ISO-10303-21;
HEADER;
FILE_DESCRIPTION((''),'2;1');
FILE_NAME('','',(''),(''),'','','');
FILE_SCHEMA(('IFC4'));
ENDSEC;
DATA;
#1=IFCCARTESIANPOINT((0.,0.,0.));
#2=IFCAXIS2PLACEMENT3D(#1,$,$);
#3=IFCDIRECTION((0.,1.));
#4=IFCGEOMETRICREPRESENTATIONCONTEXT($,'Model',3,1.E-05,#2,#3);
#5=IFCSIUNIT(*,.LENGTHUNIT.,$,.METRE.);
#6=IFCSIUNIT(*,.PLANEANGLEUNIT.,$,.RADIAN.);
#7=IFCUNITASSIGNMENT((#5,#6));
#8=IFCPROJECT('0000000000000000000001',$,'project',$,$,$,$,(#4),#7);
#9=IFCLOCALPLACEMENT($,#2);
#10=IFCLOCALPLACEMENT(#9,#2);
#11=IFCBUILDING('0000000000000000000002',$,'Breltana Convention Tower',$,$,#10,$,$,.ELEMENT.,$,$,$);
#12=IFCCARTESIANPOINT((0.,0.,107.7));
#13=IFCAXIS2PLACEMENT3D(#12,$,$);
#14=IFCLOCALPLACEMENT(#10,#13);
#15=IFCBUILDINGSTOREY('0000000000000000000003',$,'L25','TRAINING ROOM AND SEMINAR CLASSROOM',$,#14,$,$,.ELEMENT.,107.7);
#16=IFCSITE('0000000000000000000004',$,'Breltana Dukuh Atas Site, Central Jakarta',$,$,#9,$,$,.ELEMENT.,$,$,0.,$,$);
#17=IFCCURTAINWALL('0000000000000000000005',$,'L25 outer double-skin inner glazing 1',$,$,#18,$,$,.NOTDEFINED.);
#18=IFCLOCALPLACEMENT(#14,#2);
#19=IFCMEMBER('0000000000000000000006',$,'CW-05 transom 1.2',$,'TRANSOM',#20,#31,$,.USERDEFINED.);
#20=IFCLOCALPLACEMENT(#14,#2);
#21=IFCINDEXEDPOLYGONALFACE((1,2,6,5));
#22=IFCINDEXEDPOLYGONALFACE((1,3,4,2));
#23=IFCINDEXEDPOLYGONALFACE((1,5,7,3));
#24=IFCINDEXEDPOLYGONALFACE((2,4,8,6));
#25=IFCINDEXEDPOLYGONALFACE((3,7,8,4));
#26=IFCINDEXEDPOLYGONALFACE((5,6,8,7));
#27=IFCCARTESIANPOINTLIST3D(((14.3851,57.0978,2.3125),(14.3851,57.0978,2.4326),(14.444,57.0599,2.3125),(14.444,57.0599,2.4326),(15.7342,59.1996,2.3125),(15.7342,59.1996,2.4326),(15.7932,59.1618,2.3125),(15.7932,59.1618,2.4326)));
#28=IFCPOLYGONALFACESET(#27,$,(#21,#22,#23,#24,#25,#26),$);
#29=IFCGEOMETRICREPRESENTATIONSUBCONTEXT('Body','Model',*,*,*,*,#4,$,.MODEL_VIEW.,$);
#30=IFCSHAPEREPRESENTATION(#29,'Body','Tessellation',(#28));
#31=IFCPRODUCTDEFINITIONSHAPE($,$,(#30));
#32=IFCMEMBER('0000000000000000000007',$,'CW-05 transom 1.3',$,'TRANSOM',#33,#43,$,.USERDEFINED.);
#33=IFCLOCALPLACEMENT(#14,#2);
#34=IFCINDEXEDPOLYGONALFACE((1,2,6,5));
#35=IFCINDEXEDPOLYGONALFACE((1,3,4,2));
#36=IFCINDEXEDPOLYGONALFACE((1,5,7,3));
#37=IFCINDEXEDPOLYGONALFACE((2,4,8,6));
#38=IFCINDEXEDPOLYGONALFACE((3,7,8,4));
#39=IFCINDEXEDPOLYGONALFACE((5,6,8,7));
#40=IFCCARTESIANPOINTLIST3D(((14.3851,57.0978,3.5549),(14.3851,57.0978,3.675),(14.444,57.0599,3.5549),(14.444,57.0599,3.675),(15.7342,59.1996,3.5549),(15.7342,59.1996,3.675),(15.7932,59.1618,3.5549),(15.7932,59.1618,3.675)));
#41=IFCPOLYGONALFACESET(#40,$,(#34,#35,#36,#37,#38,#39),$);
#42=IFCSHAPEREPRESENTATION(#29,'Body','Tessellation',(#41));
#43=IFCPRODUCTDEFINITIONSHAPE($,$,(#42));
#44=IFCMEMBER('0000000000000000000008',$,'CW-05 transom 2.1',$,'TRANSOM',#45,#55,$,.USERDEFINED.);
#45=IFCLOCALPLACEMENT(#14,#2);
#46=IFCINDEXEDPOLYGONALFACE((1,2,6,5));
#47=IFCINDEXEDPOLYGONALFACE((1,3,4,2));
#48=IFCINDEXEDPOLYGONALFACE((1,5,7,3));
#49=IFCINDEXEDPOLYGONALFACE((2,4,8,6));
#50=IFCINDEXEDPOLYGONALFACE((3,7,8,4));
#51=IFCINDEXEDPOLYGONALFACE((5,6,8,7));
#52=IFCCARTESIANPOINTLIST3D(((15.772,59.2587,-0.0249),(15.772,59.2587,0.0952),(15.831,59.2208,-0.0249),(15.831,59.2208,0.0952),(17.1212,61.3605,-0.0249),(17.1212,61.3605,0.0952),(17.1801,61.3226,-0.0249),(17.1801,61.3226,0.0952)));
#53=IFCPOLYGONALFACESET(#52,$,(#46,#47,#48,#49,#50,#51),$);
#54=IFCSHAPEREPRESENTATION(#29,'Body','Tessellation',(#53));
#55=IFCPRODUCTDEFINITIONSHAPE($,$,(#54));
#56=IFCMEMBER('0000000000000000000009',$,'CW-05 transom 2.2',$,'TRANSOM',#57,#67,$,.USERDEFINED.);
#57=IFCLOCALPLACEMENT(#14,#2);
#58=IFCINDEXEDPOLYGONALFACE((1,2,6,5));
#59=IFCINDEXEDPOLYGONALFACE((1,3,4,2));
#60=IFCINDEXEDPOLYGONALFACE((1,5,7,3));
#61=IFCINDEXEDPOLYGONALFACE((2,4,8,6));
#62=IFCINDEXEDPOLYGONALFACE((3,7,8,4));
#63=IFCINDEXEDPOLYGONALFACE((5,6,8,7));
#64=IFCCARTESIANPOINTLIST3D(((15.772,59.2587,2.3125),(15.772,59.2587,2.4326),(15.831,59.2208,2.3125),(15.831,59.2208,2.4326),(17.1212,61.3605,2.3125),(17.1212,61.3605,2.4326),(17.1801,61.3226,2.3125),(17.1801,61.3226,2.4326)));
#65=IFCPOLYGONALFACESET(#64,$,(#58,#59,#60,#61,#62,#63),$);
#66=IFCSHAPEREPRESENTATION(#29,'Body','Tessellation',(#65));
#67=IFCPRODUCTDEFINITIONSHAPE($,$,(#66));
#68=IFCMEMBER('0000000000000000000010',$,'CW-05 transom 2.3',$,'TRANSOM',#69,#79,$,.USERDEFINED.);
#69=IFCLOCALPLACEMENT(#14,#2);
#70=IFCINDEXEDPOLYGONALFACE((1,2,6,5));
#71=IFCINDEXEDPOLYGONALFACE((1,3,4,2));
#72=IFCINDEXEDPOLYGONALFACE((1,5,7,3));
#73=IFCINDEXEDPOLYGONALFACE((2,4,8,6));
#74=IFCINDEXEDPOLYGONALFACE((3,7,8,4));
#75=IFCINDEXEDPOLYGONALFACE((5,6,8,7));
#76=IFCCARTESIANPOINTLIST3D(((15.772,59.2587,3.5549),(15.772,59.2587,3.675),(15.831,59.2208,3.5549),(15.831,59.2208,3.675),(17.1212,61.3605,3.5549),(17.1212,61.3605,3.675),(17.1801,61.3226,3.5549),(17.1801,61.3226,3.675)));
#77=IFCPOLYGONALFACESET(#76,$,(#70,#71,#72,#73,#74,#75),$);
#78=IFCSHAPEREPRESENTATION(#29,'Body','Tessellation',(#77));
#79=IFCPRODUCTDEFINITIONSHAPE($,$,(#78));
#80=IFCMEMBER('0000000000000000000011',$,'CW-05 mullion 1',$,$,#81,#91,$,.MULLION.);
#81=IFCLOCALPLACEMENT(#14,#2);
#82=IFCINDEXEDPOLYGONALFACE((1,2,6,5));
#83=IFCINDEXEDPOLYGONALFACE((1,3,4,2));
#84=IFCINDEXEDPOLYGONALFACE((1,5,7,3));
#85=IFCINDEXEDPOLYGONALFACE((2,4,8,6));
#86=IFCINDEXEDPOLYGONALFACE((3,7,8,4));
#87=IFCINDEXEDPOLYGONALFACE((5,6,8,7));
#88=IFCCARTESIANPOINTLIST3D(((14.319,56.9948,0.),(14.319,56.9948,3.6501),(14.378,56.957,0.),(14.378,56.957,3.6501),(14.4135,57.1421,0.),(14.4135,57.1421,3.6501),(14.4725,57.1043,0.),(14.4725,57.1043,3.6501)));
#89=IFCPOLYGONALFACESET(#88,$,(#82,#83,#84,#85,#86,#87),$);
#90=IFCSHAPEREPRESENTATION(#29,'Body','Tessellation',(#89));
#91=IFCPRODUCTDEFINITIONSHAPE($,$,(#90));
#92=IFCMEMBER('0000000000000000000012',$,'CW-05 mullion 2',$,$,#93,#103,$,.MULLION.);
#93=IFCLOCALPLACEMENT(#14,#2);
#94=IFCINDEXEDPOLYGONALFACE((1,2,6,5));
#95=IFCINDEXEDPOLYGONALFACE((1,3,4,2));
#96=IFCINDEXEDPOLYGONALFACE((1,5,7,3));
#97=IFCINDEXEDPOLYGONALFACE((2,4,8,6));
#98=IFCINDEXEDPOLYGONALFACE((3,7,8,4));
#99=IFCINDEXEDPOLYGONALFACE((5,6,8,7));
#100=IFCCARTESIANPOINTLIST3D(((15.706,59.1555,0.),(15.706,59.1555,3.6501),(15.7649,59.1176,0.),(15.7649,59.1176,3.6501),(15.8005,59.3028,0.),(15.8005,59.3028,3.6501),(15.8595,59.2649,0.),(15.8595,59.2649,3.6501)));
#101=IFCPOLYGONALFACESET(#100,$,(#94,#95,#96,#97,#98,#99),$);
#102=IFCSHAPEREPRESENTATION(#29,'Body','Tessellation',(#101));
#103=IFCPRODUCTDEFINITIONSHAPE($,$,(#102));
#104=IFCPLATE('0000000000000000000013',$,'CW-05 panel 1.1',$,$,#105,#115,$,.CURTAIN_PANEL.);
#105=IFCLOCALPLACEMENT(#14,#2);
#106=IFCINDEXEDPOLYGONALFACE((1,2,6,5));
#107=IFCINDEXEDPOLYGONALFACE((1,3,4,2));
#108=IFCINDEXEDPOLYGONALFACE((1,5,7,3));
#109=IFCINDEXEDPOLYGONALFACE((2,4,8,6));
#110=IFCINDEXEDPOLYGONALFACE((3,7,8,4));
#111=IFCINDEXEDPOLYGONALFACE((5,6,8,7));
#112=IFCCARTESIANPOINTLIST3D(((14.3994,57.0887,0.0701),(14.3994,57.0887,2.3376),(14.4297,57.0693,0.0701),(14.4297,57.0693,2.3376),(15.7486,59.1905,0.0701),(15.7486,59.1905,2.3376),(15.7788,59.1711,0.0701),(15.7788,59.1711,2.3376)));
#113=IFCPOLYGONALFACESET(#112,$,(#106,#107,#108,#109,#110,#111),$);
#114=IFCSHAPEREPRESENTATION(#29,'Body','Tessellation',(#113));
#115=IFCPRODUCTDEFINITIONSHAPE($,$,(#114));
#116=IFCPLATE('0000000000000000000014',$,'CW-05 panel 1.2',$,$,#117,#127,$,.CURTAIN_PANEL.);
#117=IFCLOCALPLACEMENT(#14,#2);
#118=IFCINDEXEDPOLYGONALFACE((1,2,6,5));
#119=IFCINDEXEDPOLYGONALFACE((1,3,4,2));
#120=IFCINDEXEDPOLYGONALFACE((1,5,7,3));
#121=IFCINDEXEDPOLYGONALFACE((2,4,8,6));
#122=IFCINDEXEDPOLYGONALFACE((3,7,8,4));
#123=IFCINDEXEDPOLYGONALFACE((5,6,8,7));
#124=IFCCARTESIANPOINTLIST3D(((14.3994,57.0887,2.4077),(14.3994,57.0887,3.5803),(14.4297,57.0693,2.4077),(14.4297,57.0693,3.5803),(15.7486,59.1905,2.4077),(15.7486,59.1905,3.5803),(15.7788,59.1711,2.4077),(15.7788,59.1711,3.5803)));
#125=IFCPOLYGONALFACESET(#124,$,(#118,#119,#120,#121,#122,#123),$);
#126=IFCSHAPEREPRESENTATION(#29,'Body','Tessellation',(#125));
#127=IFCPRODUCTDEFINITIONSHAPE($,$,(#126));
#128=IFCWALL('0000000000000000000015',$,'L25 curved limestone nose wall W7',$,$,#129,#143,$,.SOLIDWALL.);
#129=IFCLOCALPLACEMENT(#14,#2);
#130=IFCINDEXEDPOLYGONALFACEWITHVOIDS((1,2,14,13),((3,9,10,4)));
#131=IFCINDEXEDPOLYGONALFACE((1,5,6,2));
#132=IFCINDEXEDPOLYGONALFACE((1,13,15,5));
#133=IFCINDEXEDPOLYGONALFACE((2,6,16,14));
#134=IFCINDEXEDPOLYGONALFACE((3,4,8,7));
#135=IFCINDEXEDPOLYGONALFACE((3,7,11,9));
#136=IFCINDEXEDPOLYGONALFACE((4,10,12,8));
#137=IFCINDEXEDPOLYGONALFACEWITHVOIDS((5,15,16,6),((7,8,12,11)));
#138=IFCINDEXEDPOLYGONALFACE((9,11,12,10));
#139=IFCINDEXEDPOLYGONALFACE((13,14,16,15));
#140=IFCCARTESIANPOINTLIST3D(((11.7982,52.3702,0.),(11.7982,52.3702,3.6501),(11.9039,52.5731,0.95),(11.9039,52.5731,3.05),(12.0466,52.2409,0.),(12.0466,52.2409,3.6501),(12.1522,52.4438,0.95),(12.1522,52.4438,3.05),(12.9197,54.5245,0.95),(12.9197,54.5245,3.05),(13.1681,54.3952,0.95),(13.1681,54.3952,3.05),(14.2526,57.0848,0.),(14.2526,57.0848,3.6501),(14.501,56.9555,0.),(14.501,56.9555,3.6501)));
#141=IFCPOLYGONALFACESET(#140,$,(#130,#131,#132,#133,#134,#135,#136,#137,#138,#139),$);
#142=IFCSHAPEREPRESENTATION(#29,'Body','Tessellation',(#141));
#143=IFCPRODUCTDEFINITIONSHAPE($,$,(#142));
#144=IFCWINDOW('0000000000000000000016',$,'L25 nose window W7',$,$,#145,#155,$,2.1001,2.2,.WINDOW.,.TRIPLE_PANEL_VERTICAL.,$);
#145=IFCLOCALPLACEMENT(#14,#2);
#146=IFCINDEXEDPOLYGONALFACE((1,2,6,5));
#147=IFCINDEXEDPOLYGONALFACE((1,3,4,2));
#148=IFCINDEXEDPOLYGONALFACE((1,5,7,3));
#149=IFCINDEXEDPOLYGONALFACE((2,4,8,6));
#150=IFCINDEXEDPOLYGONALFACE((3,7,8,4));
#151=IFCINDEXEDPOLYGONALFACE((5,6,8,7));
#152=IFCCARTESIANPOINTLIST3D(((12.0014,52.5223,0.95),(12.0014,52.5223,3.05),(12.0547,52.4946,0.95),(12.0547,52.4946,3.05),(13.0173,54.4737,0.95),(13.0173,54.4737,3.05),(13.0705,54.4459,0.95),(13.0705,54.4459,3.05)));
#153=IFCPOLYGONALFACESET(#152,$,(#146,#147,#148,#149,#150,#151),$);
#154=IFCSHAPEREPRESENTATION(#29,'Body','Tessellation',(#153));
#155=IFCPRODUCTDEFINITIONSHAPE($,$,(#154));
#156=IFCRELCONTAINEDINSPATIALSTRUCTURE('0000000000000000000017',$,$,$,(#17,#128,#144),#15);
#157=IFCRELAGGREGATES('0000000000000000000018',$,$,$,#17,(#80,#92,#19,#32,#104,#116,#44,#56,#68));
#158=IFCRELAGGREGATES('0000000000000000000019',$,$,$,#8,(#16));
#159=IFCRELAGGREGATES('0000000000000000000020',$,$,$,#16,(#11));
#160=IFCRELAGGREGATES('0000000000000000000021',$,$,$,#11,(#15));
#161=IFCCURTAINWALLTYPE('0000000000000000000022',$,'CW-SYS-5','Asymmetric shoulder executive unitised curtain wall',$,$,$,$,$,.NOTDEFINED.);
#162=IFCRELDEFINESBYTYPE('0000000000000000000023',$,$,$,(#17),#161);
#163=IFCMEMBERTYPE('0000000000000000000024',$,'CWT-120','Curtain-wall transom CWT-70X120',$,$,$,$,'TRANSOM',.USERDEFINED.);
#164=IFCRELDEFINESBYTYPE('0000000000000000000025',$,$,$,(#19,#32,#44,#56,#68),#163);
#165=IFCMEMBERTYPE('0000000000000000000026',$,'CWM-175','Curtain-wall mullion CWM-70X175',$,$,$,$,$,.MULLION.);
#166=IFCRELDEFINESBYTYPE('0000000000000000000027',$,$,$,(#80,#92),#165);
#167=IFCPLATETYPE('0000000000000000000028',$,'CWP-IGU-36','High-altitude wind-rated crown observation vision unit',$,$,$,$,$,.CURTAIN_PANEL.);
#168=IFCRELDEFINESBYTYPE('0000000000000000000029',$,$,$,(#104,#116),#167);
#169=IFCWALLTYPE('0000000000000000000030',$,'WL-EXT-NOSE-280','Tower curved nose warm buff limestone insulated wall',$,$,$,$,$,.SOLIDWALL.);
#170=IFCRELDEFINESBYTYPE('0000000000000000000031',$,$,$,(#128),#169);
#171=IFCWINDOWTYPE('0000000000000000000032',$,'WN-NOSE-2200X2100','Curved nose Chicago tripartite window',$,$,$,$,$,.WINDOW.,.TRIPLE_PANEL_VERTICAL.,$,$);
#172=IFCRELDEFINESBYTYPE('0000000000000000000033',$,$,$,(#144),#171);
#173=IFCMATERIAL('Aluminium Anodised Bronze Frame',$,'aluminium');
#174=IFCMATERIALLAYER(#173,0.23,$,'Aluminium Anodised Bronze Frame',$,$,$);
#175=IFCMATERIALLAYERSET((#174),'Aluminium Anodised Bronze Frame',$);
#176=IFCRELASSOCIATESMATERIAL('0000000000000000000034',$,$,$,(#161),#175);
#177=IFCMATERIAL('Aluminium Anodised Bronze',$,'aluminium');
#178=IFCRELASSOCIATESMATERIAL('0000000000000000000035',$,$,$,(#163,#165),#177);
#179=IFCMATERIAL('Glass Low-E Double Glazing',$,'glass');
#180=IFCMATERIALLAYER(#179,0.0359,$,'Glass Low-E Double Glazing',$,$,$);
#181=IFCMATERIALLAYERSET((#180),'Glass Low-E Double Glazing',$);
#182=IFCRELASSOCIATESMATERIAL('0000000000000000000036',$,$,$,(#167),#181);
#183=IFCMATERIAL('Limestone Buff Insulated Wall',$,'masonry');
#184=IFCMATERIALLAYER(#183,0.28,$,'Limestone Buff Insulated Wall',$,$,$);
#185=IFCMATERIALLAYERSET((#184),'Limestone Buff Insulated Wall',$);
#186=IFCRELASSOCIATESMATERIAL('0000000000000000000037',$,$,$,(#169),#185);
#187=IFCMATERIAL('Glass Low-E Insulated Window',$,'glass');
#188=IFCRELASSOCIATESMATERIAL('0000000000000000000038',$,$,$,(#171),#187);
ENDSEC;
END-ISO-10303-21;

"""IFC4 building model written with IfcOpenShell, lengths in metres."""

from ifc_helpers import new_model, si_unit, direction, frame, frame_2d, origin, origin_2d, place, context, subcontext, project, spatial, rectangle, extrude, source, transform, mapped, material, layer, layer_set, material_profile, profile_set, type_object, type_shapes, element, fill, aggregate, save


model = new_model("IFC4")

# Units and contexts
model_context = context("Model", 3, precision=1e-05, world=origin(), true_north=direction((0.0, 1.0)))
body_context = subcontext(model_context, "Body", "Model", "MODEL_VIEW")
ifc_project = project(units=[si_unit("LENGTHUNIT", "METRE"), si_unit("PLANEANGLEUNIT", "RADIAN")], contexts=[model_context])

# Site, building, storey
site_placement = place(None, origin())
site = spatial("IfcSite", under=ifc_project, at=site_placement, Name="Breltana Dukuh Atas Site, Central Jakarta", CompositionType="ELEMENT", RefElevation=0.0)
building_placement = place(site_placement, origin())
building = spatial("IfcBuilding", under=site, at=building_placement, Name="Breltana Convention Tower", CompositionType="ELEMENT")
storey_placement = place(building_placement, frame((0.0, 0.0, 107.7)))
storey = spatial("IfcBuildingStorey", under=building, at=storey_placement, Name="L25", Description="TRAINING ROOM AND SEMINAR CLASSROOM", CompositionType="ELEMENT", Elevation=107.7)

# Curtain wall, members, plates
ifc_material_1 = material(Name="Aluminium Anodised Bronze Frame", Category="aluminium")
ifc_layer_1 = layer(ifc_material_1, 0.23, Name="Aluminium Anodised Bronze Frame")
ifc_layer_set_1 = layer_set([ifc_layer_1], Name="Aluminium Anodised Bronze Frame")
curtain_wall_type = type_object("IfcCurtainWallType", Name="CW-SYS-5", Description="Asymmetric shoulder executive unitised curtain wall", PredefinedType="NOTDEFINED", material=ifc_layer_set_1)
curtain_wall_placement = place(storey_placement, origin())
curtain_wall = element("IfcCurtainWall", 1, at=curtain_wall_placement, inside=storey, type_object=curtain_wall_type, Name="L25 outer double-skin inner glazing 1", PredefinedType="NOTDEFINED")
ifc_material_2 = material(Name="Aluminium Anodised Bronze", Category="aluminium")
ifc_material_profile_1 = material_profile(ifc_material_2, rectangle(XDim=0.0701, YDim=0.1201, at=origin_2d()), Name="CWT-70X120")
ifc_profile_set_1 = profile_set([ifc_material_profile_1], Name="Aluminium Anodised Bronze")
member_type_1 = type_object("IfcMemberType", Name="CWT-120", Description="Curtain-wall transom CWT-70X120", ElementType="TRANSOM", PredefinedType="USERDEFINED", material=ifc_profile_set_1)
shared_shape_1 = source(origin(), body_context, "Body", "SweptSolid", [
    extrude(rectangle(XDim=0.0701, YDim=0.1201, at=origin_2d()), origin(), (0.0, 0.0, 1.0), 2.4976),
])
member_1_placement = place(storey_placement, frame((14.4146, 57.0789, 2.3726), z_axis=(0.540179, 0.84155, 0.0), x_axis=(-0.84155, 0.540179, 0.0)))
member_1 = element("IfcMember", 2, at=member_1_placement, type_object=member_type_1, Name="CW-05 transom 1.2", ObjectType="TRANSOM", PredefinedType="USERDEFINED", context=body_context, shape_type="MappedRepresentation", body=[
    mapped(shared_shape_1, transform((0.0, 0.0, 0.0), scale=1.0)),
])
member_2_placement = place(storey_placement, frame((14.4146, 57.0789, 3.615), z_axis=(0.540179, 0.84155, 0.0), x_axis=(-0.84155, 0.540179, 0.0)))
member_2 = element("IfcMember", 3, at=member_2_placement, type_object=member_type_1, Name="CW-05 transom 1.3", ObjectType="TRANSOM", PredefinedType="USERDEFINED", context=body_context, shape_type="MappedRepresentation", body=[
    mapped(shared_shape_1, transform((0.0, 0.0, 0.0), scale=1.0)),
])
member_3_placement = place(storey_placement, frame((15.8015, 59.2397, 0.0352), z_axis=(0.540179, 0.84155, 0.0), x_axis=(-0.84155, 0.540179, 0.0)))
member_3 = element("IfcMember", 4, at=member_3_placement, type_object=member_type_1, Name="CW-05 transom 2.1", ObjectType="TRANSOM", PredefinedType="USERDEFINED", context=body_context, shape_type="MappedRepresentation", body=[
    mapped(shared_shape_1, transform((0.0, 0.0, 0.0), scale=1.0)),
])
member_4_placement = place(storey_placement, frame((15.8015, 59.2397, 2.3726), z_axis=(0.540179, 0.84155, 0.0), x_axis=(-0.84155, 0.540179, 0.0)))
member_4 = element("IfcMember", 5, at=member_4_placement, type_object=member_type_1, Name="CW-05 transom 2.2", ObjectType="TRANSOM", PredefinedType="USERDEFINED", context=body_context, shape_type="MappedRepresentation", body=[
    mapped(shared_shape_1, transform((0.0, 0.0, 0.0), scale=1.0)),
])
member_5_placement = place(storey_placement, frame((15.8015, 59.2397, 3.615), z_axis=(0.540179, 0.84155, 0.0), x_axis=(-0.84155, 0.540179, 0.0)))
member_5 = element("IfcMember", 6, at=member_5_placement, type_object=member_type_1, Name="CW-05 transom 2.3", ObjectType="TRANSOM", PredefinedType="USERDEFINED", context=body_context, shape_type="MappedRepresentation", body=[
    mapped(shared_shape_1, transform((0.0, 0.0, 0.0), scale=1.0)),
])
ifc_material_profile_2 = material_profile(ifc_material_2, rectangle(XDim=0.0701, YDim=0.175, at=origin_2d()), Name="CWM-70X175")
ifc_profile_set_2 = profile_set([ifc_material_profile_2], Name="Aluminium Anodised Bronze")
member_type_2 = type_object("IfcMemberType", Name="CWM-175", Description="Curtain-wall mullion CWM-70X175", PredefinedType="MULLION", material=ifc_profile_set_2)
shared_shape_2 = source(origin(), body_context, "Body", "SweptSolid", [
    extrude(rectangle(XDim=0.0701, YDim=0.175, at=origin_2d()), origin(), (0.0, 0.0, 1.0), 3.6501),
])
member_6_placement = place(storey_placement, frame((14.3958, 57.0496, 0.0), z_axis=(0.0, 0.0, 1.0), x_axis=(-0.841552, 0.540177, 0.0)))
member_6 = element("IfcMember", 7, at=member_6_placement, type_object=member_type_2, Name="CW-05 mullion 1", PredefinedType="MULLION", context=body_context, shape_type="MappedRepresentation", body=[
    mapped(shared_shape_2, transform((0.0, 0.0, 0.0), scale=1.0)),
])
member_7_placement = place(storey_placement, frame((15.7827, 59.2102, 0.0), z_axis=(0.0, 0.0, 1.0), x_axis=(-0.841552, 0.540177, 0.0)))
member_7 = element("IfcMember", 8, at=member_7_placement, type_object=member_type_2, Name="CW-05 mullion 2", PredefinedType="MULLION", context=body_context, shape_type="MappedRepresentation", body=[
    mapped(shared_shape_2, transform((0.0, 0.0, 0.0), scale=1.0)),
])
ifc_material_3 = material(Name="Glass Low-E Double Glazing", Category="glass")
ifc_layer_2 = layer(ifc_material_3, 0.0359, Name="Glass Low-E Double Glazing")
ifc_layer_set_2 = layer_set([ifc_layer_2], Name="Glass Low-E Double Glazing")
plate_type = type_object("IfcPlateType", Name="CWP-IGU-36", Description="High-altitude wind-rated crown observation vision unit", PredefinedType="CURTAIN_PANEL", material=ifc_layer_set_2)
shared_shape_3 = source(origin(), body_context, "Body", "SweptSolid", [
    extrude(rectangle(XDim=2.4976, YDim=0.0359, at=origin_2d()), origin(), (0.0, 0.0, 1.0), 2.2676),
])
plate_1_placement = place(storey_placement, frame((15.0891, 58.1299, 0.0701), z_axis=(0.0, 0.0, 1.0), x_axis=(0.540177, 0.841552, 0.0)))
plate_1 = element("IfcPlate", 9, at=plate_1_placement, type_object=plate_type, Name="CW-05 panel 1.1", PredefinedType="CURTAIN_PANEL", context=body_context, shape_type="MappedRepresentation", body=[
    mapped(shared_shape_3, transform((0.0, 0.0, 0.0), scale=1.0)),
])
shared_shape_4 = source(origin(), body_context, "Body", "SweptSolid", [
    extrude(rectangle(XDim=2.4976, YDim=0.0359, at=origin_2d()), origin(), (0.0, 0.0, 1.0), 1.1726),
])
plate_2_placement = place(storey_placement, frame((15.0891, 58.1299, 2.4077), z_axis=(0.0, 0.0, 1.0), x_axis=(0.540177, 0.841552, 0.0)))
plate_2 = element("IfcPlate", 10, at=plate_2_placement, type_object=plate_type, Name="CW-05 panel 1.2", PredefinedType="CURTAIN_PANEL", context=body_context, shape_type="MappedRepresentation", body=[
    mapped(shared_shape_4, transform((0.0, 0.0, 0.0), scale=1.0)),
])
aggregate(curtain_wall, [member_6, member_7, member_1, member_2, plate_1, plate_2, member_3, member_4, member_5])

# Wall, opening, window
ifc_material_4 = material(Name="Limestone Buff Insulated Wall", Category="masonry")
ifc_layer_3 = layer(ifc_material_4, 0.28, Name="Limestone Buff Insulated Wall")
ifc_layer_set_3 = layer_set([ifc_layer_3], Name="Limestone Buff Insulated Wall")
wall_type = type_object("IfcWallType", Name="WL-EXT-NOSE-280", Description="Tower curved nose warm buff limestone insulated wall", PredefinedType="SOLIDWALL", material=ifc_layer_set_3)
shared_shape_5 = source(origin(), body_context, "Body", "SweptSolid", [
    extrude(rectangle(XDim=5.3152, YDim=0.28, at=frame_2d((2.6577, 0.0))), origin(), (0.0, 0.0, 1.0), 3.6501),
])
wall_placement = place(storey_placement, frame((11.9224, 52.3054, 0.0), z_axis=(0.0, 0.0, 1.0), x_axis=(0.461761, 0.887005, 0.0)))
wall = element("IfcWall", 11, at=wall_placement, inside=storey, type_object=wall_type, Name="L25 curved limestone nose wall W7", PredefinedType="SOLIDWALL", context=body_context, shape_type="MappedRepresentation", body=[
    mapped(shared_shape_5, transform((0.0, 0.0, 0.0), scale=1.0)),
])
opening_placement = place(wall_placement, frame((0.2288, 0.0, 0.95)))
opening = element("IfcOpeningElement", 12, at=opening_placement, cuts=wall, PredefinedType="OPENING", context=body_context, shape_type="SweptSolid", body=[
    extrude(rectangle(XDim=2.2, YDim=2.1001, at=frame_2d((1.1001, 1.05))), frame((0.0, 0.1499, 0.0), z_axis=(0.0, -1.0, 0.0), x_axis=(1.0, 0.0, 0.0)), (0.0, 0.0, 1.0), 0.3),
])
ifc_material_5 = material(Name="Glass Low-E Insulated Window", Category="glass")
window_type = type_object("IfcWindowType", Name="WN-NOSE-2200X2100", Description="Curved nose Chicago tripartite window", PartitioningType="TRIPLE_PANEL_VERTICAL", PredefinedType="WINDOW", material=ifc_material_5)
shared_shape_6 = source(origin(), body_context, "Body", "SweptSolid", [
    extrude(rectangle(XDim=2.2, YDim=2.1001, at=frame_2d((1.1001, 1.05))), frame((0.0, 0.03, 0.0), z_axis=(0.0, -1.0, 0.0), x_axis=(1.0, 0.0, 0.0)), (0.0, 0.0, 1.0), 0.0601),
])
type_shapes(window_type, [shared_shape_6])
window_placement = place(opening_placement, origin())
window = element("IfcWindow", 13, at=window_placement, inside=storey, type_object=window_type, Name="L25 nose window W7", OverallHeight=2.1001, OverallWidth=2.2, PartitioningType="TRIPLE_PANEL_VERTICAL", PredefinedType="WINDOW", context=body_context, shape_type="MappedRepresentation", body=[
    mapped(shared_shape_6, transform((0.0, 0.0, 0.0), scale=1.0)),
])
fill(opening, window)

save(model, "model.ifc")
